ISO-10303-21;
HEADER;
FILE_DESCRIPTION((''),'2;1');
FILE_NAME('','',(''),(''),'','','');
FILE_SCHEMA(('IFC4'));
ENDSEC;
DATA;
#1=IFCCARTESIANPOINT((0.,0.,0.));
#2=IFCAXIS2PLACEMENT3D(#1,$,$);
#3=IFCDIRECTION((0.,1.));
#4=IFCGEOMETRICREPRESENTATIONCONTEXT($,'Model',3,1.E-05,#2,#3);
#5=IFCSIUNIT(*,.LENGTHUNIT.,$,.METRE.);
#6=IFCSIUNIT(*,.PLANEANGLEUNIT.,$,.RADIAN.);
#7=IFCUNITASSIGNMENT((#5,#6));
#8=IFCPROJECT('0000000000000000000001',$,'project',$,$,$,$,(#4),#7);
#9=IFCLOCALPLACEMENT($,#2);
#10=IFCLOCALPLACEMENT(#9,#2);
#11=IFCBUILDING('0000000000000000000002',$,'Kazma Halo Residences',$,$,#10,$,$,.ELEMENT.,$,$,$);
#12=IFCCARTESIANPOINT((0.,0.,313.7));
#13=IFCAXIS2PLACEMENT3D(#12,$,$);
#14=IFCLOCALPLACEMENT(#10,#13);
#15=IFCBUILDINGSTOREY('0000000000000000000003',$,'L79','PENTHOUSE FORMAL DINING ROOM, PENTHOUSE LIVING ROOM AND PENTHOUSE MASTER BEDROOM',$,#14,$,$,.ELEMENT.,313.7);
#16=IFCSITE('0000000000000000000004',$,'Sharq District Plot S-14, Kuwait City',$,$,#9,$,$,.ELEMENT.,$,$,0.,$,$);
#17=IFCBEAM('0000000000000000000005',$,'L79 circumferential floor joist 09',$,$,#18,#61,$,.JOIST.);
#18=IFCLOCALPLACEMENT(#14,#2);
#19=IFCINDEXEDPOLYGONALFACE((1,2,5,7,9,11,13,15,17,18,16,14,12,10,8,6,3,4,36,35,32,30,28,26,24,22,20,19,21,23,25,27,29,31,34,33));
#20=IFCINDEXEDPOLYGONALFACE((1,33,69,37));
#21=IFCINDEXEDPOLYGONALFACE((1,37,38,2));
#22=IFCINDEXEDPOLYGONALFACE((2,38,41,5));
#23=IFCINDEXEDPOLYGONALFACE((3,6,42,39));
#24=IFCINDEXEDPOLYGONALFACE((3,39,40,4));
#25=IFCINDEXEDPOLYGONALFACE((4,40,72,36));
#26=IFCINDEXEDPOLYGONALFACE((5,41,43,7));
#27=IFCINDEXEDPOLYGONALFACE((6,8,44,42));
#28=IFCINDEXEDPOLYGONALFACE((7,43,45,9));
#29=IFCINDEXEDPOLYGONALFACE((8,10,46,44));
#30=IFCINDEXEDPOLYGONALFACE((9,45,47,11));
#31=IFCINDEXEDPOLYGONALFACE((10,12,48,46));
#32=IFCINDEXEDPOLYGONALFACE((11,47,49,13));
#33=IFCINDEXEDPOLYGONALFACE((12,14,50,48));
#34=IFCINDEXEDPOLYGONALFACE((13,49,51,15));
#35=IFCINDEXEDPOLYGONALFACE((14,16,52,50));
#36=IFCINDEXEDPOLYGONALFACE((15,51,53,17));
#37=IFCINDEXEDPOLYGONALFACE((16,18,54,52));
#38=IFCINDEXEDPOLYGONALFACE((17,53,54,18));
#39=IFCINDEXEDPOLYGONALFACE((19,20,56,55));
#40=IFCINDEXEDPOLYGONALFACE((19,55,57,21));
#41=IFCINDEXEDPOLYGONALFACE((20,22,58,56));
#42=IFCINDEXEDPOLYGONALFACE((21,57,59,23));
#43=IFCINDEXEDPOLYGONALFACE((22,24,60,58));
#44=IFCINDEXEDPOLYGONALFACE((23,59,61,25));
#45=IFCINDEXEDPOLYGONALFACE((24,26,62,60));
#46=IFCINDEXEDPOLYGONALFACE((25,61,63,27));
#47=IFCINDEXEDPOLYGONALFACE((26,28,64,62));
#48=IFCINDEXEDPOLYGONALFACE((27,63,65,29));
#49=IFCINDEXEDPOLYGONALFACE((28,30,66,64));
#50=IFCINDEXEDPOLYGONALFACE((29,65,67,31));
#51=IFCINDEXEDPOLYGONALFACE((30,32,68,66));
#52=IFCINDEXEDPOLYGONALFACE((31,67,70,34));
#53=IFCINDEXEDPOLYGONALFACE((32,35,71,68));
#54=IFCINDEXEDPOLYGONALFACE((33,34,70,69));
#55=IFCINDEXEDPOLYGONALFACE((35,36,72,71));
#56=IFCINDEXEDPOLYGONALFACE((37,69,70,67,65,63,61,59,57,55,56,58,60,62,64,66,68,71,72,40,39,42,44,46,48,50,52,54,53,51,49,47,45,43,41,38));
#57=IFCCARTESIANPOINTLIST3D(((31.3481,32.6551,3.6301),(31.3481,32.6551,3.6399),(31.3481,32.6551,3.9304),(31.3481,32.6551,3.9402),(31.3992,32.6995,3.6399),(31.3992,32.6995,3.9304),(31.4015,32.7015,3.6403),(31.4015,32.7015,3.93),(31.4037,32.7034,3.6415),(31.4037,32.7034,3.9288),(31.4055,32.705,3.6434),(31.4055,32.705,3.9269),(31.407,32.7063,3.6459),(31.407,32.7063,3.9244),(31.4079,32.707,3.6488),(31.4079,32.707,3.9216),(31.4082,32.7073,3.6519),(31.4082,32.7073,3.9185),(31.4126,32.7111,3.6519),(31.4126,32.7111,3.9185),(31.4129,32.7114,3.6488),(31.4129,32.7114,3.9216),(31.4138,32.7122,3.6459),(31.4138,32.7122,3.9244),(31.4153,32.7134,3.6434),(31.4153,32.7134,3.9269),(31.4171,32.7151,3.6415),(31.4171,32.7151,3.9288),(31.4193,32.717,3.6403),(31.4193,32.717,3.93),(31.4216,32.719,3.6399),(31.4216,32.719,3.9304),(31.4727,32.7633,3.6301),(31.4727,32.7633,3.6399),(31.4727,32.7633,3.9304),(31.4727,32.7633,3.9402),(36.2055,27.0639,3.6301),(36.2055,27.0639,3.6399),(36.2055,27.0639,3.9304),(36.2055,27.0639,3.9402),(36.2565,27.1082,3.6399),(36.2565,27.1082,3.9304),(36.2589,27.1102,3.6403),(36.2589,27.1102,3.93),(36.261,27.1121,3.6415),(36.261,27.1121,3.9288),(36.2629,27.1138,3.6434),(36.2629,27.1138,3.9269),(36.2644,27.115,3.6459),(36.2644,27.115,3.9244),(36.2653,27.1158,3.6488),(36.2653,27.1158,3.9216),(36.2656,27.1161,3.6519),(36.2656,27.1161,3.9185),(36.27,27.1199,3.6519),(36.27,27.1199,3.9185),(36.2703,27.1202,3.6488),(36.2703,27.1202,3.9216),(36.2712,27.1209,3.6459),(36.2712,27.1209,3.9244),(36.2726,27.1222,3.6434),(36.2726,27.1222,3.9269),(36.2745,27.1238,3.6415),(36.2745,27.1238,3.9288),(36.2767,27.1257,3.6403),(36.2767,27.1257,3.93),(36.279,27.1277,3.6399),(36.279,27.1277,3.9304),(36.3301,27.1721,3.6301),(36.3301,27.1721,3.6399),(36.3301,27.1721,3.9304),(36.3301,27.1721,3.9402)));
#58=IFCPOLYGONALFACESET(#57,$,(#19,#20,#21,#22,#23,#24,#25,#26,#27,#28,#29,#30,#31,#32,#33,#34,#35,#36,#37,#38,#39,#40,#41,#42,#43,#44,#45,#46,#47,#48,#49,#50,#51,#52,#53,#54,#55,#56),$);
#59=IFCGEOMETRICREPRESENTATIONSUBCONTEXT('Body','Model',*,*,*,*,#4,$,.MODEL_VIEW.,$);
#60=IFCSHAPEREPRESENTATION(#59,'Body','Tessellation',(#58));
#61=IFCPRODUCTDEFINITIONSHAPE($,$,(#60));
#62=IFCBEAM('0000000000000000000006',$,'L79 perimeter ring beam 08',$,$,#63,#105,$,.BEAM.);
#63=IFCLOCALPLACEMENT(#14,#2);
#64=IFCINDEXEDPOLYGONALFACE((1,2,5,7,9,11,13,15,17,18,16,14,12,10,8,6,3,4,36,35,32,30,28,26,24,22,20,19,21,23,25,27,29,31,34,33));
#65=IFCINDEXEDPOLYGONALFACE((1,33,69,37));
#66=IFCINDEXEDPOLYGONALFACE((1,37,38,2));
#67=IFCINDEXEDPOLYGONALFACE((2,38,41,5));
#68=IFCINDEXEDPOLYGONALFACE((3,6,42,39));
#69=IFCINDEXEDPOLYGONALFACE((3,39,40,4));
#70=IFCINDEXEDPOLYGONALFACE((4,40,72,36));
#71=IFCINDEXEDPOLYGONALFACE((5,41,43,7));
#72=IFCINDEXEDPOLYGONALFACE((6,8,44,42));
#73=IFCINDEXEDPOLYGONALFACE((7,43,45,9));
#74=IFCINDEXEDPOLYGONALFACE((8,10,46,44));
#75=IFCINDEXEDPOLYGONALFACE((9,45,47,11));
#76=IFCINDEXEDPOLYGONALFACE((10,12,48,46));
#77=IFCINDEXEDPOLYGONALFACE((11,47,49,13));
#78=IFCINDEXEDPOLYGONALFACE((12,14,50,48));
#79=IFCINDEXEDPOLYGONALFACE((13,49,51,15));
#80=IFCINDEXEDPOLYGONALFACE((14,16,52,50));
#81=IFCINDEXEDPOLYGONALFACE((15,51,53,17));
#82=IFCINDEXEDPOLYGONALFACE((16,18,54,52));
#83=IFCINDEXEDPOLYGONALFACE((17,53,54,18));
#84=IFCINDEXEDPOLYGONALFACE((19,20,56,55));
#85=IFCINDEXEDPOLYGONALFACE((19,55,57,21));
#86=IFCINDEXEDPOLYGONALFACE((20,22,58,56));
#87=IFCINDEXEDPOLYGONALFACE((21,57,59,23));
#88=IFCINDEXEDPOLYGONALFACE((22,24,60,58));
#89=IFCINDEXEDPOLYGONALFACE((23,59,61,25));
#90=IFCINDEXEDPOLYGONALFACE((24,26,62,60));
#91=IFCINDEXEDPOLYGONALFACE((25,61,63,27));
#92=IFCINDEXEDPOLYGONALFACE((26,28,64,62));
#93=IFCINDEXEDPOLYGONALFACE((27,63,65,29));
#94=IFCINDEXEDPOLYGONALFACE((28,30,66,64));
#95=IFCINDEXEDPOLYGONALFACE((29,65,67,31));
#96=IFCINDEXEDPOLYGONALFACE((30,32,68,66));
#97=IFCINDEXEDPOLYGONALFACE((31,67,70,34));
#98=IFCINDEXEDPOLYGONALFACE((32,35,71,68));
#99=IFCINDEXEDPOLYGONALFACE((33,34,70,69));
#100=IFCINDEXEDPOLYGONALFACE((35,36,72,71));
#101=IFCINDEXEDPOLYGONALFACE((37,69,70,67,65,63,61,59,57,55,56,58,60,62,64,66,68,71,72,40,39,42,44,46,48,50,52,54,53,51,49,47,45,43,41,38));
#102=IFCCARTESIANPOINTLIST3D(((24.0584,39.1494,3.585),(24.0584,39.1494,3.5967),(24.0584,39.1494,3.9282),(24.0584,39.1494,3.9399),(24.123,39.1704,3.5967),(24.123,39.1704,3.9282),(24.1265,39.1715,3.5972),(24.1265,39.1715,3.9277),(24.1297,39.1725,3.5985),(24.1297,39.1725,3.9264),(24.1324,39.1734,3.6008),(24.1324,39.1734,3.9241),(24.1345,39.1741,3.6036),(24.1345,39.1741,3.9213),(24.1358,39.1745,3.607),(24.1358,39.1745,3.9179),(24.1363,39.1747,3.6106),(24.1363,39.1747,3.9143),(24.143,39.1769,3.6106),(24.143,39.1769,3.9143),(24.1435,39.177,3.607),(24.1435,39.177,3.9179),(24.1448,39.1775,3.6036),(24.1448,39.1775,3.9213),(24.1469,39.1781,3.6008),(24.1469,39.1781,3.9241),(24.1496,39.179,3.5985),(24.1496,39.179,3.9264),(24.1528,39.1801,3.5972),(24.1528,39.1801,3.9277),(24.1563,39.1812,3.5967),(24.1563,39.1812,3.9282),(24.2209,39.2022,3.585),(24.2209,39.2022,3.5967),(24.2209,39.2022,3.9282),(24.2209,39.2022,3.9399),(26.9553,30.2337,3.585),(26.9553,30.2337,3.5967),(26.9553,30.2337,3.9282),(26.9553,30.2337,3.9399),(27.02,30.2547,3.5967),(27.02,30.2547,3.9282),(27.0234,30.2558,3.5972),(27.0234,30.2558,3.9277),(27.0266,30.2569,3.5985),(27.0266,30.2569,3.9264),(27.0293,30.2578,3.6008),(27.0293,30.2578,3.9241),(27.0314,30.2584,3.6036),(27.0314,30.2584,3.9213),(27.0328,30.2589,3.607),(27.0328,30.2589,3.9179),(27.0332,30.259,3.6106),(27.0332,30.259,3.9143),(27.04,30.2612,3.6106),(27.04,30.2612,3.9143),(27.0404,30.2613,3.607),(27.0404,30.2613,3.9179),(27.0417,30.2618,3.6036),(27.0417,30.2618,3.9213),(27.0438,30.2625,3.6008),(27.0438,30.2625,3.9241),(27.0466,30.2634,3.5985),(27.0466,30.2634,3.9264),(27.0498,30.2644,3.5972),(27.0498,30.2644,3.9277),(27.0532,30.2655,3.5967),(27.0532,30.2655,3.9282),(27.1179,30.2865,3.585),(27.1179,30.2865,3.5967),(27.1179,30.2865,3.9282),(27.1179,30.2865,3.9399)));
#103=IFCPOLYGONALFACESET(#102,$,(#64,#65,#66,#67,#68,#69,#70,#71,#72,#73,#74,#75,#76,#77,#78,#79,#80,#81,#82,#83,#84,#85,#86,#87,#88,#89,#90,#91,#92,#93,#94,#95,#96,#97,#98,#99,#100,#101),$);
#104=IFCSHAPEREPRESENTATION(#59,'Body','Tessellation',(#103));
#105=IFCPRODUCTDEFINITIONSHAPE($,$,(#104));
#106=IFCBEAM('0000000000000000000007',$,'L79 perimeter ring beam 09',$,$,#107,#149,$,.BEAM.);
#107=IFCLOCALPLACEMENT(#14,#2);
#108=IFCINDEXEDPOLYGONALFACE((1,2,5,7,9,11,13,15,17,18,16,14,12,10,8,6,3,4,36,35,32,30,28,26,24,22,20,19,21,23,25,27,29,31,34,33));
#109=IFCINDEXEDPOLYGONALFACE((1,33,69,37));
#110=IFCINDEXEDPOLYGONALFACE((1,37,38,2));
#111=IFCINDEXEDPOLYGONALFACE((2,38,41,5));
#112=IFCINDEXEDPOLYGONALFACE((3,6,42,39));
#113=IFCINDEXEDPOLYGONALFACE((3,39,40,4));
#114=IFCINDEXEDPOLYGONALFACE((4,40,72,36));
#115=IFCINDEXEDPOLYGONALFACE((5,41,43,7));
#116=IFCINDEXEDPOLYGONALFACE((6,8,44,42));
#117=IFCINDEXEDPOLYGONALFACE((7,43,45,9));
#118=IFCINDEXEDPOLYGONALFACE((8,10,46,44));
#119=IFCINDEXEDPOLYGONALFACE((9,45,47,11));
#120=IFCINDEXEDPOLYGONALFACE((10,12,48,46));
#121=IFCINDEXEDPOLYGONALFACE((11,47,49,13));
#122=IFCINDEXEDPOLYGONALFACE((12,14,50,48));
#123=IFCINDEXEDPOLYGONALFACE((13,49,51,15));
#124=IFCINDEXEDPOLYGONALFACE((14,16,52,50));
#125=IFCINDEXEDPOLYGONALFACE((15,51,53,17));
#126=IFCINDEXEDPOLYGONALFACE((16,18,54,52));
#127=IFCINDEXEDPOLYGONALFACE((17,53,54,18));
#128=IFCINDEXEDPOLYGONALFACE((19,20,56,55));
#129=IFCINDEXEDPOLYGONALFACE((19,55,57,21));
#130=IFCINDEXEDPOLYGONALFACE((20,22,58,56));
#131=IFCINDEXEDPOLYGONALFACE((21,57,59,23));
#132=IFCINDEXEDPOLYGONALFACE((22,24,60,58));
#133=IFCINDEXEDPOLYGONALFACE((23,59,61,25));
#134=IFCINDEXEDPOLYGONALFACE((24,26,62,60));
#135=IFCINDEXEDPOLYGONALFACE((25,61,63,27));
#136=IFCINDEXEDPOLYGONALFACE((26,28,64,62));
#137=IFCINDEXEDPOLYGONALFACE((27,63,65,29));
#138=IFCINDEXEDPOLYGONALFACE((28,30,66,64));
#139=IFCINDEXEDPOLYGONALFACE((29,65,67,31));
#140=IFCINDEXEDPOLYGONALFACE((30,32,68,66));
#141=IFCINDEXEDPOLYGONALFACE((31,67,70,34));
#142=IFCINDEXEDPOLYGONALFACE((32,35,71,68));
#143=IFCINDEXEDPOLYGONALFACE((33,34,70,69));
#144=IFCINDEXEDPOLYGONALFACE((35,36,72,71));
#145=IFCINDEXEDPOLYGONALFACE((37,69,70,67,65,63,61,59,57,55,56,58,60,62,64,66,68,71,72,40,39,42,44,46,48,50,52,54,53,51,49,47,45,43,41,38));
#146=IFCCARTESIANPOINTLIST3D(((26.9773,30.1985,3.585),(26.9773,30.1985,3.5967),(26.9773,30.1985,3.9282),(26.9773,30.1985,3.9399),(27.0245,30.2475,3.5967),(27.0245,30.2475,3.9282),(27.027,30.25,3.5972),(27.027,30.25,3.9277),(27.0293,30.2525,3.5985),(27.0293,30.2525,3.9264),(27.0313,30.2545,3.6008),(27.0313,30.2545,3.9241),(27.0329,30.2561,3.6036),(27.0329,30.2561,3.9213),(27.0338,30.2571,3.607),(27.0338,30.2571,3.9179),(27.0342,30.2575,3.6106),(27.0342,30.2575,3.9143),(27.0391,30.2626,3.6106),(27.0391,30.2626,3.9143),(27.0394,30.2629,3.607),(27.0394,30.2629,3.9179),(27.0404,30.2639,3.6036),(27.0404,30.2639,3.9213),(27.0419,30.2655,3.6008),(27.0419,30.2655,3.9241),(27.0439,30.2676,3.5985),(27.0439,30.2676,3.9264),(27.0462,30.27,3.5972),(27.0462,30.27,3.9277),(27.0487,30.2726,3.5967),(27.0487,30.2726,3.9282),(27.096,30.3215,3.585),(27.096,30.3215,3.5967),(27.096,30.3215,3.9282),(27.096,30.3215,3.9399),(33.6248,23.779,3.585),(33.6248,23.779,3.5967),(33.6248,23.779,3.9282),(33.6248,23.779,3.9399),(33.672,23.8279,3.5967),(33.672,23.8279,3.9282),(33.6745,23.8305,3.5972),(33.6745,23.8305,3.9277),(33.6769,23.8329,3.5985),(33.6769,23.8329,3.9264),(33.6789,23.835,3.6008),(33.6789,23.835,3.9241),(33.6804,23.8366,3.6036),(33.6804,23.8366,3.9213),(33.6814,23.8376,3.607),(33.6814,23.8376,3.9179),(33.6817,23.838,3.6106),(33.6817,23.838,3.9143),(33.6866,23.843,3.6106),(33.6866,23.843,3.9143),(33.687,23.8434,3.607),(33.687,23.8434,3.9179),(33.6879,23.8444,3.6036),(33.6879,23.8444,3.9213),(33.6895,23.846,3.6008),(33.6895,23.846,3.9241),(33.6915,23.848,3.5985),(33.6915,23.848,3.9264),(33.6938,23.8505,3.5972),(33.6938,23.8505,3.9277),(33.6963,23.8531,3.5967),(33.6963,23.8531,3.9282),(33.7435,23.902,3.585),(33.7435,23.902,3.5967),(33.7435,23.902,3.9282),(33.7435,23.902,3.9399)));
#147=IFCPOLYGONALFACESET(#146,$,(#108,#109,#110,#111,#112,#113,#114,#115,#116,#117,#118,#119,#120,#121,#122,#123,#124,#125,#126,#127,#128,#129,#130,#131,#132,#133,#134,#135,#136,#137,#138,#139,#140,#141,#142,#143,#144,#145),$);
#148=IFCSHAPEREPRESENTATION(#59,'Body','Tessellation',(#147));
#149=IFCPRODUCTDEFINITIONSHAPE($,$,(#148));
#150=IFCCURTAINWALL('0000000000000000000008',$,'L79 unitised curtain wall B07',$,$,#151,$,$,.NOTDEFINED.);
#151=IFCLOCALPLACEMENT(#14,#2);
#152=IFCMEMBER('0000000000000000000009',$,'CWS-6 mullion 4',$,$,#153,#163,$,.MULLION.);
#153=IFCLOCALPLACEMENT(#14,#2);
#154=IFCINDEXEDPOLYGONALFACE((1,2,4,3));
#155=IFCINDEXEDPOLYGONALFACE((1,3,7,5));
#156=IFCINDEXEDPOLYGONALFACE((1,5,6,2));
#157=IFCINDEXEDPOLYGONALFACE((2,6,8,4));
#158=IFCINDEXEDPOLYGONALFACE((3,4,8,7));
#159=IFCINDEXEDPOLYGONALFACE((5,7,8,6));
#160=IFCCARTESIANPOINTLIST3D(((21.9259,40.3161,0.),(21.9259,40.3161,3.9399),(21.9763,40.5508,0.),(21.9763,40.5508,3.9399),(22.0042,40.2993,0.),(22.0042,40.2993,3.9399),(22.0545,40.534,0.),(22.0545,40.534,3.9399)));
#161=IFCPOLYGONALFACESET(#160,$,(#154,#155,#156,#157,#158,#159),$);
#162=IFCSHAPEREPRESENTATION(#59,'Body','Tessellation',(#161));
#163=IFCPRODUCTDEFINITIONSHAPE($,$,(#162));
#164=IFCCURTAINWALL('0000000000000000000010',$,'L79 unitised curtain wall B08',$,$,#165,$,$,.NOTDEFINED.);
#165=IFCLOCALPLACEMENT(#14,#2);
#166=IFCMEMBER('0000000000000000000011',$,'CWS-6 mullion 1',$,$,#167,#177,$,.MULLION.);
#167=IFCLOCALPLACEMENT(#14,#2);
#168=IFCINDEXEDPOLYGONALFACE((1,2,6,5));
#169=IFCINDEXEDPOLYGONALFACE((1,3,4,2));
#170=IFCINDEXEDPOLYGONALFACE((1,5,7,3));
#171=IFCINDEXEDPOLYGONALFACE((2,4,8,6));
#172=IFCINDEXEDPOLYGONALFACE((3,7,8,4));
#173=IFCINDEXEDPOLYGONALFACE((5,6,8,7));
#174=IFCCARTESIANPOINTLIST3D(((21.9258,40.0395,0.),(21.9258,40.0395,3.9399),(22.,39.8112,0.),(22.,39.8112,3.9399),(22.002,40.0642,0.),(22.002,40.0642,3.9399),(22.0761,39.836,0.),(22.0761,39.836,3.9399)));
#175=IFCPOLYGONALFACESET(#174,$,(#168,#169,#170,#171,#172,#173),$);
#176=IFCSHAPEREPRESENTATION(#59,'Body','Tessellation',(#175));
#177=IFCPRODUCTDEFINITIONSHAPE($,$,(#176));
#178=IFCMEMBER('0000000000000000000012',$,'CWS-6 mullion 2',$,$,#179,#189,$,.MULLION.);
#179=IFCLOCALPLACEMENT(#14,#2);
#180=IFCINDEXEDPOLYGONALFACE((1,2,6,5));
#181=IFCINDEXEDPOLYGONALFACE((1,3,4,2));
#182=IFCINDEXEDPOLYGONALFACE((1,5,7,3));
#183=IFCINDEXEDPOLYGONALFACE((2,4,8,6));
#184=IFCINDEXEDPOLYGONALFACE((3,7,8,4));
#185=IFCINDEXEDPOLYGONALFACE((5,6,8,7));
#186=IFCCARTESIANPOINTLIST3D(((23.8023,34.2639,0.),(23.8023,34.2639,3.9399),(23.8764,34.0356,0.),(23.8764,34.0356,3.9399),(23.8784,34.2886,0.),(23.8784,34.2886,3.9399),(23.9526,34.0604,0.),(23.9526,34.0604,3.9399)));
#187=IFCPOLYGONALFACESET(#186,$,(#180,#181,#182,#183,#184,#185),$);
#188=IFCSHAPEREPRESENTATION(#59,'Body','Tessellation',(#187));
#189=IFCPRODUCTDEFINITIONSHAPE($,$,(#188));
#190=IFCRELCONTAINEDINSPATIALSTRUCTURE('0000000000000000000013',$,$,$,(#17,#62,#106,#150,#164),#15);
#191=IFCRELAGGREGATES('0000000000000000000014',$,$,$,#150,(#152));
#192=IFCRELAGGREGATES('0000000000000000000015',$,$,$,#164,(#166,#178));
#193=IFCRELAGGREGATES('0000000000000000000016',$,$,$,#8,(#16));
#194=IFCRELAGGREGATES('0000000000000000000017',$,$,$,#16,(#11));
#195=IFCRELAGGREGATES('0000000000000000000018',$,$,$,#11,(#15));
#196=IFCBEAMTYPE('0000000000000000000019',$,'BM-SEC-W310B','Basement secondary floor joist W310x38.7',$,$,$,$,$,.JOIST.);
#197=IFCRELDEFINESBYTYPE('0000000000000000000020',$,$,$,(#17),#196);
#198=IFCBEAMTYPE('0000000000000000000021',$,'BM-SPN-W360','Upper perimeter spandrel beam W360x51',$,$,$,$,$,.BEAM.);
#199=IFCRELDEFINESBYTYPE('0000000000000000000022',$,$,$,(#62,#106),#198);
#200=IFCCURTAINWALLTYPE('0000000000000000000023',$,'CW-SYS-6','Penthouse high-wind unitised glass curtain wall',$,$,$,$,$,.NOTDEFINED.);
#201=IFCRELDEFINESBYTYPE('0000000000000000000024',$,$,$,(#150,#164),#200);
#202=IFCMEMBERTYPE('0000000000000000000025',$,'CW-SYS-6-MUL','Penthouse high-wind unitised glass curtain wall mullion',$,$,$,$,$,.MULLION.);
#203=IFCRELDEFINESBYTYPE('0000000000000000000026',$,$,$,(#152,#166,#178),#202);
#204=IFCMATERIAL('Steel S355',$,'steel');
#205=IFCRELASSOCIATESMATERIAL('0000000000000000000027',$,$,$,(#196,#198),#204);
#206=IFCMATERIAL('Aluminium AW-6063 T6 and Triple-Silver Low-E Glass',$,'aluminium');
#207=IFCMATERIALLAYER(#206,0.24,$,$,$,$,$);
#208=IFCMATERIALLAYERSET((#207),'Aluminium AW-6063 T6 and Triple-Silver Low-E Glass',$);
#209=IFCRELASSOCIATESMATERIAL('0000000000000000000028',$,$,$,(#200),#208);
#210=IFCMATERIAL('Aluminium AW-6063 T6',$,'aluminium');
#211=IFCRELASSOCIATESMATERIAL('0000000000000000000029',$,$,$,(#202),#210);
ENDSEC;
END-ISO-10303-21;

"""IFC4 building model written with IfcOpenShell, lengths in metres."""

from ifc_helpers import new_model, si_unit, direction, frame, origin, origin_2d, place, context, subcontext, project, spatial, rectangle, i_section, extrude, material, layer, layer_set, material_profile, profile_set, type_object, element, aggregate, save


model = new_model("IFC4")

# Units and contexts
model_context = context("Model", 3, precision=1e-05, world=origin(), true_north=direction((0.0, 1.0)))
body_context = subcontext(model_context, "Body", "Model", "MODEL_VIEW")
ifc_project = project(units=[si_unit("LENGTHUNIT", "METRE"), si_unit("PLANEANGLEUNIT", "RADIAN")], contexts=[model_context])

# Site, building, storey
site_placement = place(None, origin())
site = spatial("IfcSite", under=ifc_project, at=site_placement, Name="Sharq District Plot S-14, Kuwait City", CompositionType="ELEMENT", RefElevation=0.0)
building_placement = place(site_placement, origin())
building = spatial("IfcBuilding", under=site, at=building_placement, Name="Kazma Halo Residences", CompositionType="ELEMENT")
storey_placement = place(building_placement, frame((0.0, 0.0, 313.7)))
storey = spatial("IfcBuildingStorey", under=building, at=storey_placement, Name="L79", Description="PENTHOUSE FORMAL DINING ROOM, PENTHOUSE LIVING ROOM AND PENTHOUSE MASTER BEDROOM", CompositionType="ELEMENT", Elevation=313.7)

# Beams
ifc_material_1 = material(Name="Steel S355", Category="steel")
ifc_material_profile_1 = material_profile(ifc_material_1, i_section(OverallWidth=0.165, OverallDepth=0.3101, WebThickness=0.0059, FlangeThickness=0.0098, FilletRadius=0.012, at=origin_2d()), Name="W310x38.7")
ifc_profile_set_1 = profile_set([ifc_material_profile_1], Name="Steel S355")
beam_type_1 = type_object("IfcBeamType", Name="BM-SEC-W310B", Description="Basement secondary floor joist W310x38.7", PredefinedType="JOIST", material=ifc_profile_set_1)
beam_1_placement = place(storey_placement, frame((31.4104, 32.7092, 3.7852), z_axis=(0.655826, -0.754912, 0.0), x_axis=(0.754912, 0.655826, 0.0)))
element("IfcBeam", 1, at=beam_1_placement, inside=storey, type_object=beam_type_1, Name="L79 circumferential floor joist 09", PredefinedType="JOIST", context=body_context, shape_type="SweptSolid", body=[
    extrude(i_section(OverallWidth=0.165, OverallDepth=0.3101, WebThickness=0.0059, FlangeThickness=0.0098, FilletRadius=0.012, at=origin_2d()), origin(), (0.0, 0.0, 1.0), 7.4065),
])
ifc_material_profile_2 = material_profile(ifc_material_1, i_section(OverallWidth=0.1709, OverallDepth=0.355, WebThickness=0.0071, FlangeThickness=0.0117, FilletRadius=0.0139, at=origin_2d()), Name="W360x51")
ifc_profile_set_2 = profile_set([ifc_material_profile_2], Name="Steel S355")
beam_type_2 = type_object("IfcBeamType", Name="BM-SPN-W360", Description="Upper perimeter spandrel beam W360x51", PredefinedType="BEAM", material=ifc_profile_set_2)
beam_2_placement = place(storey_placement, frame((24.1396, 39.1758, 3.7625), z_axis=(0.309023, -0.951055, 0.0), x_axis=(0.951055, 0.309023, 0.0)))
element("IfcBeam", 2, at=beam_2_placement, inside=storey, type_object=beam_type_2, Name="L79 perimeter ring beam 08", PredefinedType="BEAM", context=body_context, shape_type="SweptSolid", body=[
    extrude(i_section(OverallWidth=0.1709, OverallDepth=0.355, WebThickness=0.0071, FlangeThickness=0.0117, FilletRadius=0.0139, at=origin_2d()), origin(), (0.0, 0.0, 1.0), 9.3745),
])
beam_3_placement = place(storey_placement, frame((27.0366, 30.26, 3.7625), z_axis=(0.719337, -0.694661, 0.0), x_axis=(0.694661, 0.719337, 0.0)))
element("IfcBeam", 3, at=beam_3_placement, inside=storey, type_object=beam_type_2, Name="L79 perimeter ring beam 09", PredefinedType="BEAM", context=body_context, shape_type="SweptSolid", body=[
    extrude(i_section(OverallWidth=0.1709, OverallDepth=0.355, WebThickness=0.0071, FlangeThickness=0.0117, FilletRadius=0.0139, at=origin_2d()), origin(), (0.0, 0.0, 1.0), 9.2412),
])

# Curtain wall, member
ifc_material_2 = material(Name="Aluminium AW-6063 T6 and Triple-Silver Low-E Glass", Category="aluminium")
ifc_layer_1 = layer(ifc_material_2, 0.24)
ifc_layer_set_1 = layer_set([ifc_layer_1], Name="Aluminium AW-6063 T6 and Triple-Silver Low-E Glass")
curtain_wall_type = type_object("IfcCurtainWallType", Name="CW-SYS-6", Description="Penthouse high-wind unitised glass curtain wall", PredefinedType="NOTDEFINED", material=ifc_layer_set_1)
curtain_wall_1_placement = place(storey_placement, origin())
curtain_wall_1 = element("IfcCurtainWall", 4, at=curtain_wall_1_placement, inside=storey, type_object=curtain_wall_type, Name="L79 unitised curtain wall B07", PredefinedType="NOTDEFINED")
ifc_material_3 = material(Name="Aluminium AW-6063 T6", Category="aluminium")
ifc_material_profile_3 = material_profile(ifc_material_3, rectangle(XDim=0.0801, YDim=0.24, at=origin_2d()), Name="CWM-80x240")
ifc_profile_set_3 = profile_set([ifc_material_profile_3], Name="Aluminium AW-6063 T6")
member_type_1 = type_object("IfcMemberType", Name="CW-SYS-6-MUL", Description="Penthouse high-wind unitised glass curtain wall mullion", PredefinedType="MULLION", material=ifc_profile_set_3)
member_1_placement = place(storey_placement, frame((21.9902, 40.425, 0.0), z_axis=(0.0, 0.0, 1.0), x_axis=(0.977761, -0.209723, 0.0)))
member_1 = element("IfcMember", 5, at=member_1_placement, type_object=member_type_1, Name="CWS-6 mullion 4", PredefinedType="MULLION", context=body_context, shape_type="SweptSolid", body=[
    extrude(rectangle(XDim=0.0801, YDim=0.24, at=origin_2d()), origin(), (0.0, 0.0, 1.0), 3.9399),
])
aggregate(curtain_wall_1, [member_1])

# Curtain wall, members
curtain_wall_2_placement = place(storey_placement, origin())
curtain_wall_2 = element("IfcCurtainWall", 6, at=curtain_wall_2_placement, inside=storey, type_object=curtain_wall_type, Name="L79 unitised curtain wall B08", PredefinedType="NOTDEFINED")
member_2_placement = place(storey_placement, frame((22.001, 39.9377, 0.0), z_axis=(0.0, 0.0, 1.0), x_axis=(0.951056, 0.309019, 0.0)))
member_2 = element("IfcMember", 7, at=member_2_placement, type_object=member_type_1, Name="CWS-6 mullion 1", PredefinedType="MULLION", context=body_context, shape_type="SweptSolid", body=[
    extrude(rectangle(XDim=0.0801, YDim=0.24, at=origin_2d()), origin(), (0.0, 0.0, 1.0), 3.9399),
])
member_3_placement = place(storey_placement, frame((23.8774, 34.1621, 0.0), z_axis=(0.0, 0.0, 1.0), x_axis=(0.951056, 0.309019, 0.0)))
member_3 = element("IfcMember", 8, at=member_3_placement, type_object=member_type_1, Name="CWS-6 mullion 2", PredefinedType="MULLION", context=body_context, shape_type="SweptSolid", body=[
    extrude(rectangle(XDim=0.0801, YDim=0.24, at=origin_2d()), origin(), (0.0, 0.0, 1.0), 3.9399),
])
aggregate(curtain_wall_2, [member_2, member_3])

save(model, "model.ifc")
